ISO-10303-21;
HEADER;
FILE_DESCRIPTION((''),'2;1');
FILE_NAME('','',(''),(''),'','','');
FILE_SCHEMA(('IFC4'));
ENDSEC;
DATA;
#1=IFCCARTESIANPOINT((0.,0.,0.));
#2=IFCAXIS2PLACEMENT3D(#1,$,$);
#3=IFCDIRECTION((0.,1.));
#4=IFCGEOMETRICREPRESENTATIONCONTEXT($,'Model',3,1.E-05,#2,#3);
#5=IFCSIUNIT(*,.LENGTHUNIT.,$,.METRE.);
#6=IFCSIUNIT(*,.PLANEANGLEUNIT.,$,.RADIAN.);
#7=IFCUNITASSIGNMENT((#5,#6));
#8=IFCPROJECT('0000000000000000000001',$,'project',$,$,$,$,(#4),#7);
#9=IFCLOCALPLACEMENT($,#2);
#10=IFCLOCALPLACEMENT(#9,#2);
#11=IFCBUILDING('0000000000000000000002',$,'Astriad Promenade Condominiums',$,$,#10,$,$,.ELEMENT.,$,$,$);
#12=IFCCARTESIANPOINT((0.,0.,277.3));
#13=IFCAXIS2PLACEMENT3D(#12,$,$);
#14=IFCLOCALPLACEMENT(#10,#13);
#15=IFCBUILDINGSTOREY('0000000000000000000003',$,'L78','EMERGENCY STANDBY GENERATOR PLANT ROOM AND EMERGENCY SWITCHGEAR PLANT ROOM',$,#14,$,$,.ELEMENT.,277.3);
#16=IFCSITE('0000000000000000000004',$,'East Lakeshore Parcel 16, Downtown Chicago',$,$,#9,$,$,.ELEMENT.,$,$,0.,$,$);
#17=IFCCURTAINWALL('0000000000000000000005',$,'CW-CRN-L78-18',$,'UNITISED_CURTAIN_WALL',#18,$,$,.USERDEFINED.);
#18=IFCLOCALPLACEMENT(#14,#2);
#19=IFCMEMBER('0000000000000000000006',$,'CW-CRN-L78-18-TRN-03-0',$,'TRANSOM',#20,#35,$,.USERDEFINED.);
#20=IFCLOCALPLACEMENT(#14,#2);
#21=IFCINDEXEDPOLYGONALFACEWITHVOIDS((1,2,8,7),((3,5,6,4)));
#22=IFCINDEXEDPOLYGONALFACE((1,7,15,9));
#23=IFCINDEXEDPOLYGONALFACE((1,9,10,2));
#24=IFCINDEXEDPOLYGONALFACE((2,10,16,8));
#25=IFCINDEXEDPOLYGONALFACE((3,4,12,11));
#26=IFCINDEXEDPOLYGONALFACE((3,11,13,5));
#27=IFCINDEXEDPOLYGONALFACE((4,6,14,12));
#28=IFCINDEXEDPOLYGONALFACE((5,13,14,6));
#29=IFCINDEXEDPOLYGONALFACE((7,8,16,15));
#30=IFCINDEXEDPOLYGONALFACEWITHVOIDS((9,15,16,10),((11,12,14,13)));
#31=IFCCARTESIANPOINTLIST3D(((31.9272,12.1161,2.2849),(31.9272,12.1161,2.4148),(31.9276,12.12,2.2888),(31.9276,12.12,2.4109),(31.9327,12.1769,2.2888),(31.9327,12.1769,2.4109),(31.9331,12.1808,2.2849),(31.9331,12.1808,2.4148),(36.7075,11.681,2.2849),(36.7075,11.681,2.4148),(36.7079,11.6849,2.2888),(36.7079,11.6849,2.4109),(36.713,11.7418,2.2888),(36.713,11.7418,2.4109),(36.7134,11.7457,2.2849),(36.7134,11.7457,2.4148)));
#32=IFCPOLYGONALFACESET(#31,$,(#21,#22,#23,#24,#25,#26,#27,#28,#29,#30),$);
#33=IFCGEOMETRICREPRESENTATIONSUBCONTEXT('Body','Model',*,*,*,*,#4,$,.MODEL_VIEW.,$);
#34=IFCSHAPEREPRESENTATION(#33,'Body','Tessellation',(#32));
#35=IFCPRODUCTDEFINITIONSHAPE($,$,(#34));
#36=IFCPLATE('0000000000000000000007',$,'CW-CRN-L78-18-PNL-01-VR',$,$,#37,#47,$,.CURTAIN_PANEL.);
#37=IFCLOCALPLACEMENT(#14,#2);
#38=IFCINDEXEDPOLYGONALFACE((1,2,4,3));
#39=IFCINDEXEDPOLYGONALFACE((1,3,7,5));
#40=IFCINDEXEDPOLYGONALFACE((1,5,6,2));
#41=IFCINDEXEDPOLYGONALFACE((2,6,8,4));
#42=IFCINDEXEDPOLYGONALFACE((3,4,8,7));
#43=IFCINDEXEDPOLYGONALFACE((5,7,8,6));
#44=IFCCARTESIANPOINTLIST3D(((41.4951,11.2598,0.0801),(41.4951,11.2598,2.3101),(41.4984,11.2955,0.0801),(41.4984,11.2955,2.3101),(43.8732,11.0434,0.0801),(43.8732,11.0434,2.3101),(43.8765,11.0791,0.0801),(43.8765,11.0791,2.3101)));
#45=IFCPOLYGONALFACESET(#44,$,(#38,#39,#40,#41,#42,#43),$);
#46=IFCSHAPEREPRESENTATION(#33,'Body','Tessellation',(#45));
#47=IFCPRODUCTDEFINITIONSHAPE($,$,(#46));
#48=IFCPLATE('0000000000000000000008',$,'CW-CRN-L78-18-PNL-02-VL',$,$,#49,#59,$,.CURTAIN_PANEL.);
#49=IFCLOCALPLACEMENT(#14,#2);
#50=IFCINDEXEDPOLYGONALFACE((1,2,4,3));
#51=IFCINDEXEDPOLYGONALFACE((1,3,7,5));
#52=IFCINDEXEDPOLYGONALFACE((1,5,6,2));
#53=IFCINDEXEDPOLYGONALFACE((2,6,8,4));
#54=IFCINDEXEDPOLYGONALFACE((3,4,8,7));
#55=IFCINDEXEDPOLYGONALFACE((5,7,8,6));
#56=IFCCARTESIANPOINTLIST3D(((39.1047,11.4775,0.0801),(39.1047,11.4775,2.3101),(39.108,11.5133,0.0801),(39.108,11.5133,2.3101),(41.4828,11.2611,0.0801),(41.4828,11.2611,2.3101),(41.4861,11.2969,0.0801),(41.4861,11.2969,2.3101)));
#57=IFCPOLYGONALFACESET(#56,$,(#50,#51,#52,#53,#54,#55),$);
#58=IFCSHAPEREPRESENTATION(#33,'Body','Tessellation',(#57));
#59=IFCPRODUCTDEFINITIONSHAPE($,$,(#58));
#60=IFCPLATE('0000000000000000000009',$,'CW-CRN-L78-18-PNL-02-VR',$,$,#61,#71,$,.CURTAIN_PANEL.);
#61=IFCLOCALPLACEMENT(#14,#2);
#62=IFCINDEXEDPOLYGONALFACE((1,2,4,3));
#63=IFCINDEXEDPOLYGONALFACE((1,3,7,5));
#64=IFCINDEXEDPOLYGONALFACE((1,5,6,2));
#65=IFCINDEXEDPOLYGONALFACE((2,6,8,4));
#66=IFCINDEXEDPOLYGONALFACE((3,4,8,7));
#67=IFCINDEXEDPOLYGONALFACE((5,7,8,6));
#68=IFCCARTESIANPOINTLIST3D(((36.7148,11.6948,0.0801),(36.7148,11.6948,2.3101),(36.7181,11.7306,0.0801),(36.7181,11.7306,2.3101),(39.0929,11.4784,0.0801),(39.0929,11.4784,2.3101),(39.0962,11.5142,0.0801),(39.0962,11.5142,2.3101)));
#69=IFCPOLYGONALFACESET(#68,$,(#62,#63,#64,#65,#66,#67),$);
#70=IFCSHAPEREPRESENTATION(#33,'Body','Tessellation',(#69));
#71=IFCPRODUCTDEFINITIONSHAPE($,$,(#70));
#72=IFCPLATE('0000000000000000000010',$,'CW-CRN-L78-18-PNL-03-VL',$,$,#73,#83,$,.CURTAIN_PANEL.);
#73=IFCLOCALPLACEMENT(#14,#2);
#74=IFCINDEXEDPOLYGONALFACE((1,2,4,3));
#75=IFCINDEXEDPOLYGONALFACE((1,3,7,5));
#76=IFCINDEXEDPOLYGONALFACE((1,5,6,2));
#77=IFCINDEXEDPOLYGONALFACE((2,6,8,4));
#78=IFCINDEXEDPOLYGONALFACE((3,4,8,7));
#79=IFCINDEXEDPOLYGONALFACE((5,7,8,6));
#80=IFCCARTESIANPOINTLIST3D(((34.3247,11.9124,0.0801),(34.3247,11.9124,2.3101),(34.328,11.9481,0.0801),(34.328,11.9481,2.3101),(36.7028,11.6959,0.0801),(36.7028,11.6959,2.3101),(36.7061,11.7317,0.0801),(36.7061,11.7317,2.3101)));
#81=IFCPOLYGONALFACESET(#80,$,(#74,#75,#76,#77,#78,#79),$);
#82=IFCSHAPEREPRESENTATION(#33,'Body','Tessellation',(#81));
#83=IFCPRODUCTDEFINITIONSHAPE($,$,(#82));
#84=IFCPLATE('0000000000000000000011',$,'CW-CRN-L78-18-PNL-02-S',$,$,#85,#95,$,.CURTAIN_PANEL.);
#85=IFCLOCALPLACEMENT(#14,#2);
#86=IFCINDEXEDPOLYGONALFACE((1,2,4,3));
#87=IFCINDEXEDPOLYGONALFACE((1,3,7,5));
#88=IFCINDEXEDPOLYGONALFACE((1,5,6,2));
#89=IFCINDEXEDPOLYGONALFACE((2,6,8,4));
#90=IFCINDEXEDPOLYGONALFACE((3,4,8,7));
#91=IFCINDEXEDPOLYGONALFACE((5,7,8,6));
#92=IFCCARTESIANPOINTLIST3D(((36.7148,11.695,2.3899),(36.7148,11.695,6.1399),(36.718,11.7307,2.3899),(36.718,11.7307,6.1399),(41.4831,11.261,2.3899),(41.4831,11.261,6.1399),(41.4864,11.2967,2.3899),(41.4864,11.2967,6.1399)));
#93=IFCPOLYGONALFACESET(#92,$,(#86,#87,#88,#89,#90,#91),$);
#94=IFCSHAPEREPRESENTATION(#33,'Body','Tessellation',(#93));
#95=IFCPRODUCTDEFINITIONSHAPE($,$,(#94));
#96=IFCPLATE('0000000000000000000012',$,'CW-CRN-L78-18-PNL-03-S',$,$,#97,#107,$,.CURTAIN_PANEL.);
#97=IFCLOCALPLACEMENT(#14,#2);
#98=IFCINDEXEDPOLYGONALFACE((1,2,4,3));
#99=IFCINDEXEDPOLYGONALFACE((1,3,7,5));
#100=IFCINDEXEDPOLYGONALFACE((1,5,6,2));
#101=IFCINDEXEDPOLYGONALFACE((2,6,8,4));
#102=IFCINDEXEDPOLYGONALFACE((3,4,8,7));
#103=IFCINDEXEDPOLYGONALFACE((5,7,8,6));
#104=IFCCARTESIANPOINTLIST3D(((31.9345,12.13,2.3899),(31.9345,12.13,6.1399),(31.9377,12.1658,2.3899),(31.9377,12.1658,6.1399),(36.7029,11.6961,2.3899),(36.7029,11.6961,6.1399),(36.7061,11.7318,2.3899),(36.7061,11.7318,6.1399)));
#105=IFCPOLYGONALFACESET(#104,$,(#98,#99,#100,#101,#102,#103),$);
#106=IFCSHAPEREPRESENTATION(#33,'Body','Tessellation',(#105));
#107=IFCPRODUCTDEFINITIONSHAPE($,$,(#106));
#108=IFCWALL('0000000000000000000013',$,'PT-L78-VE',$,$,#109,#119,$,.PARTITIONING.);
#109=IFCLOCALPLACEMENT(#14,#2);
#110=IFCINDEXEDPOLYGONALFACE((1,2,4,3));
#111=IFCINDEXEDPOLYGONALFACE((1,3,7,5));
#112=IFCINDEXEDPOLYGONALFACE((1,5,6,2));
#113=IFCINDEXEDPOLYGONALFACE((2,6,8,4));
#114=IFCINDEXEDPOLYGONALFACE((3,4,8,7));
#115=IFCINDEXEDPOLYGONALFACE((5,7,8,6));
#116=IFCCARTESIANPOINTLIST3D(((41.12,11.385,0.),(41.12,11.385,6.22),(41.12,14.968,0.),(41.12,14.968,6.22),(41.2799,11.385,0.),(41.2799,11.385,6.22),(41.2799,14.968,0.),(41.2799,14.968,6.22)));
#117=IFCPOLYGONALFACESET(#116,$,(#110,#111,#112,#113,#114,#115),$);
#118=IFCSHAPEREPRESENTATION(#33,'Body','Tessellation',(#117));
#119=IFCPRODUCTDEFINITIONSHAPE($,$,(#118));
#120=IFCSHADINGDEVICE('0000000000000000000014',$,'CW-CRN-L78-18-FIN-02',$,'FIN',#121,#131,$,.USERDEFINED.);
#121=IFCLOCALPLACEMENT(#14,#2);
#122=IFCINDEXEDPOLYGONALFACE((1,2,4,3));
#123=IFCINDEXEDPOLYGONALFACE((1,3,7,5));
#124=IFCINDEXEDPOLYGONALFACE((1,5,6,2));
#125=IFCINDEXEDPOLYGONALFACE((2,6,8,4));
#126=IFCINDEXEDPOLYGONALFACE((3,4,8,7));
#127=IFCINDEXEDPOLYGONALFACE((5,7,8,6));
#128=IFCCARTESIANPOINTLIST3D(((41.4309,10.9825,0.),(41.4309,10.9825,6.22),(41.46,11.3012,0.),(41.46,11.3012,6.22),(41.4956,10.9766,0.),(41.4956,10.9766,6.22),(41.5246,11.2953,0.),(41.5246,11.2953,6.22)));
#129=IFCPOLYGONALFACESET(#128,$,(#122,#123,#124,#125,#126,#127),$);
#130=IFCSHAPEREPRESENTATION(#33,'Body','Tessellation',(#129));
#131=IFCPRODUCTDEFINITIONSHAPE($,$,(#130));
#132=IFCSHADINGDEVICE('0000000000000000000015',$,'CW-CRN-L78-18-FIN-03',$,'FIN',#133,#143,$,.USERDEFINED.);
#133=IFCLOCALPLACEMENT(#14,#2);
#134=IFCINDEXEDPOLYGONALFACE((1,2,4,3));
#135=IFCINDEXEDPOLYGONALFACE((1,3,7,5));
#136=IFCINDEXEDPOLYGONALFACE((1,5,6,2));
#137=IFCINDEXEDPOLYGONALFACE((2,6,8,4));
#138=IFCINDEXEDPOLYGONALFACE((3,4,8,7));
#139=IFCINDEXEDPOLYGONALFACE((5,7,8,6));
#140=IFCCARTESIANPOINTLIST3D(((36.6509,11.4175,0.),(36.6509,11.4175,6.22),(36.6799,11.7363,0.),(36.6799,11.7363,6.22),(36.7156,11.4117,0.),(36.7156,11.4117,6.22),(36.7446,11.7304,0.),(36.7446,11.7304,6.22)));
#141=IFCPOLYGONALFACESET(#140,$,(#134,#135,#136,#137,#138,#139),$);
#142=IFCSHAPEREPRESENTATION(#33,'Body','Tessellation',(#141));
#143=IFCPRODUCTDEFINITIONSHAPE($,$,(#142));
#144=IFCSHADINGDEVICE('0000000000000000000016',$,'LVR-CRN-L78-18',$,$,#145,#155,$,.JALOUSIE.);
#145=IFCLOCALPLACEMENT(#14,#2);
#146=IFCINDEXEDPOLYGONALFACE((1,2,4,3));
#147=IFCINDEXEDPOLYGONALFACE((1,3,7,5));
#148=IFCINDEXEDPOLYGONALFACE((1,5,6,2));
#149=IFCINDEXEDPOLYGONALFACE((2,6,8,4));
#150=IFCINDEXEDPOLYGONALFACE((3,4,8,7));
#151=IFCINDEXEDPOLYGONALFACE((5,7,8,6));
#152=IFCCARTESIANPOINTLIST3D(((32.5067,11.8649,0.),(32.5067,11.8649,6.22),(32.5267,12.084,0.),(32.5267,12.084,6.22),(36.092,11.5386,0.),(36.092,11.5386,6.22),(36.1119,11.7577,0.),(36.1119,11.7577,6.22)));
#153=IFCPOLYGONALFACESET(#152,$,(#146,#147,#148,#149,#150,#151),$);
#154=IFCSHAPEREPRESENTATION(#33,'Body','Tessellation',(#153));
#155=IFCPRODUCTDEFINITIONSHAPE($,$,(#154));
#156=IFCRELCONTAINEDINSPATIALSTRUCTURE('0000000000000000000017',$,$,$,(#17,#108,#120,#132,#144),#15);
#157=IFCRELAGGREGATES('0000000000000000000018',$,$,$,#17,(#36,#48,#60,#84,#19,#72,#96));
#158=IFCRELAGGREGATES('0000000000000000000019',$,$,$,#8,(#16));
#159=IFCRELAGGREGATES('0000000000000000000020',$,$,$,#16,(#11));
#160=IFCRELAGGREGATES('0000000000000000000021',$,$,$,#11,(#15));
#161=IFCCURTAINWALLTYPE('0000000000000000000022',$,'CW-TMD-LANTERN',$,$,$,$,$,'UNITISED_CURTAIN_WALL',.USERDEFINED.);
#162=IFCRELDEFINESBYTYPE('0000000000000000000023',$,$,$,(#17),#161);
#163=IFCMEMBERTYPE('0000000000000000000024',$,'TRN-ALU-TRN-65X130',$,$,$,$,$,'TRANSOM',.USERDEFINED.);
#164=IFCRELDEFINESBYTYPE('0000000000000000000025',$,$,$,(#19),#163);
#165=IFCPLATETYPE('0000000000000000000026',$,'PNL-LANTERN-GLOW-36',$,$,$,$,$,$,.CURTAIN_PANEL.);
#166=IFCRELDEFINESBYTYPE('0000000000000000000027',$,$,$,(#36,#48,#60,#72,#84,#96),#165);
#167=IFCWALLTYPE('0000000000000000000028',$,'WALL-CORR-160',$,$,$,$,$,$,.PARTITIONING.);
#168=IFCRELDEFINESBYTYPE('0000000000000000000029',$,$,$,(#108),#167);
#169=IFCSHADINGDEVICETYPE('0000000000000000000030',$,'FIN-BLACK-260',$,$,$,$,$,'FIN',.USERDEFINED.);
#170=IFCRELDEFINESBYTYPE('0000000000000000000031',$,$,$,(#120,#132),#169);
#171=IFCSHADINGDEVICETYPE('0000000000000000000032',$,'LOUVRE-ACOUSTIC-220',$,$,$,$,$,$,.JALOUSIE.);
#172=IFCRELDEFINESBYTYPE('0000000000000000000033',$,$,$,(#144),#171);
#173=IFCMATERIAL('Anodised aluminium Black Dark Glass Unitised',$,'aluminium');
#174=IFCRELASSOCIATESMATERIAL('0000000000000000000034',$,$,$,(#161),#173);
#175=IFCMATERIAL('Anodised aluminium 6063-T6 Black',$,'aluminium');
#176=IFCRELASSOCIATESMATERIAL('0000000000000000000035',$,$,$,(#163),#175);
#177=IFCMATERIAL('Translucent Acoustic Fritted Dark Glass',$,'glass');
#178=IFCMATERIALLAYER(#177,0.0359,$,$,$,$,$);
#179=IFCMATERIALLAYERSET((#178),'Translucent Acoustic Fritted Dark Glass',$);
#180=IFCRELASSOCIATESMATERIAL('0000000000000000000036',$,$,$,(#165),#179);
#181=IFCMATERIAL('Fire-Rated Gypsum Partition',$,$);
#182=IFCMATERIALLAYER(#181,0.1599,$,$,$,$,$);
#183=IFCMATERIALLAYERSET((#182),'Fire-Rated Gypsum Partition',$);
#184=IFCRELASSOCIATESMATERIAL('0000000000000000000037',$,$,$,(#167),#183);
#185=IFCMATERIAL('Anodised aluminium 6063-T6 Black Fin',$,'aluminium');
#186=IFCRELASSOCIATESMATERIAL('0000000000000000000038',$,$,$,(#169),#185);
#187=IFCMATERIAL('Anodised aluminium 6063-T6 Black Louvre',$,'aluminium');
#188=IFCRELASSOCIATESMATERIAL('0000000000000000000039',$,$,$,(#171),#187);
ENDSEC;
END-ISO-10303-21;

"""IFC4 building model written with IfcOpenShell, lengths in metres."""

from ifc_helpers import new_model, si_unit, direction, frame, frame_2d, origin, origin_2d, place, context, subcontext, project, spatial, rectangle, hollow_rectangle, extrude, source, transform, mapped, material, layer, layer_set, material_profile, profile_set, type_object, type_shapes, element, aggregate, save


model = new_model("IFC4")

# Units and contexts
model_context = context("Model", 3, precision=1e-05, world=origin(), true_north=direction((0.0, 1.0)))
body_context = subcontext(model_context, "Body", "Model", "MODEL_VIEW")
ifc_project = project(units=[si_unit("LENGTHUNIT", "METRE"), si_unit("PLANEANGLEUNIT", "RADIAN")], contexts=[model_context])

# Site, building, storey
site_placement = place(None, origin())
site = spatial("IfcSite", under=ifc_project, at=site_placement, Name="East Lakeshore Parcel 16, Downtown Chicago", CompositionType="ELEMENT", RefElevation=0.0)
building_placement = place(site_placement, origin())
building = spatial("IfcBuilding", under=site, at=building_placement, Name="Astriad Promenade Condominiums", CompositionType="ELEMENT")
storey_placement = place(building_placement, frame((0.0, 0.0, 277.3)))
storey = spatial("IfcBuildingStorey", under=building, at=storey_placement, Name="L78", Description="EMERGENCY STANDBY GENERATOR PLANT ROOM AND EMERGENCY SWITCHGEAR PLANT ROOM", CompositionType="ELEMENT", Elevation=277.3)

# Curtain wall, member, plates
ifc_material_1 = material(Name="Anodised aluminium Black Dark Glass Unitised", Category="aluminium")
curtain_wall_type = type_object("IfcCurtainWallType", Name="CW-TMD-LANTERN", ElementType="UNITISED_CURTAIN_WALL", PredefinedType="USERDEFINED", material=ifc_material_1)
curtain_wall_placement = place(storey_placement, origin())
curtain_wall = element("IfcCurtainWall", 1, at=curtain_wall_placement, inside=storey, type_object=curtain_wall_type, Name="CW-CRN-L78-18", ObjectType="UNITISED_CURTAIN_WALL", PredefinedType="USERDEFINED")
ifc_material_2 = material(Name="Anodised aluminium 6063-T6 Black", Category="aluminium")
ifc_material_profile_1 = material_profile(ifc_material_2, hollow_rectangle(XDim=0.0649, YDim=0.1299, WallThickness=0.0039, at=origin_2d()), Name="ALU-TRN-65X130")
ifc_profile_set_1 = profile_set([ifc_material_profile_1], Name="Anodised aluminium 6063-T6 Black")
member_type_1 = type_object("IfcMemberType", Name="TRN-ALU-TRN-65X130", ElementType="TRANSOM", PredefinedType="USERDEFINED", material=ifc_profile_set_1)
shared_shape_1 = source(origin(), body_context, "Body", "SweptSolid", [
    extrude(hollow_rectangle(XDim=0.0649, YDim=0.1299, WallThickness=0.0039, at=origin_2d()), origin(), (0.0, 0.0, 1.0), 4.8),
])
member_1_placement = place(storey_placement, frame((36.7104, 11.7134, 2.3499), z_axis=(-0.995884, 0.090637, 0.0), x_axis=(-0.090637, -0.995884, 0.0)))
member_1 = element("IfcMember", 2, at=member_1_placement, type_object=member_type_1, Name="CW-CRN-L78-18-TRN-03-0", ObjectType="TRANSOM", PredefinedType="USERDEFINED", context=body_context, shape_type="MappedRepresentation", body=[
    mapped(shared_shape_1, transform((0.0, 0.0, 0.0), scale=1.0)),
])
ifc_material_3 = material(Name="Translucent Acoustic Fritted Dark Glass", Category="glass")
ifc_layer_1 = layer(ifc_material_3, 0.0359)
ifc_layer_set_1 = layer_set([ifc_layer_1], Name="Translucent Acoustic Fritted Dark Glass")
plate_type = type_object("IfcPlateType", Name="PNL-LANTERN-GLOW-36", PredefinedType="CURTAIN_PANEL", material=ifc_layer_set_1)
shared_shape_2 = source(origin(), body_context, "Body", "SweptSolid", [
    extrude(rectangle(XDim=2.3879, YDim=0.0359, at=origin_2d()), origin(), (0.0, 0.0, 1.0), 2.23),
])
plate_1_placement = place(storey_placement, frame((42.6858, 11.1694, 0.0801), z_axis=(0.0, 0.0, 1.0), x_axis=(-0.995884, 0.090633, 0.0)))
plate_1 = element("IfcPlate", 3, at=plate_1_placement, type_object=plate_type, Name="CW-CRN-L78-18-PNL-01-VR", PredefinedType="CURTAIN_PANEL", context=body_context, shape_type="MappedRepresentation", body=[
    mapped(shared_shape_2, transform((0.0, 0.0, 0.0), scale=1.0)),
])
plate_2_placement = place(storey_placement, frame((40.2954, 11.3872, 0.0801), z_axis=(0.0, 0.0, 1.0), x_axis=(-0.995884, 0.090633, 0.0)))
plate_2 = element("IfcPlate", 4, at=plate_2_placement, type_object=plate_type, Name="CW-CRN-L78-18-PNL-02-VL", PredefinedType="CURTAIN_PANEL", context=body_context, shape_type="MappedRepresentation", body=[
    mapped(shared_shape_2, transform((0.0, 0.0, 0.0), scale=1.0)),
])
plate_3_placement = place(storey_placement, frame((37.9055, 11.6045, 0.0801), z_axis=(0.0, 0.0, 1.0), x_axis=(-0.995884, 0.090633, 0.0)))
plate_3 = element("IfcPlate", 5, at=plate_3_placement, type_object=plate_type, Name="CW-CRN-L78-18-PNL-02-VR", PredefinedType="CURTAIN_PANEL", context=body_context, shape_type="MappedRepresentation", body=[
    mapped(shared_shape_2, transform((0.0, 0.0, 0.0), scale=1.0)),
])
plate_4_placement = place(storey_placement, frame((35.5154, 11.822, 0.0801), z_axis=(0.0, 0.0, 1.0), x_axis=(-0.995884, 0.090633, 0.0)))
plate_4 = element("IfcPlate", 6, at=plate_4_placement, type_object=plate_type, Name="CW-CRN-L78-18-PNL-03-VL", PredefinedType="CURTAIN_PANEL", context=body_context, shape_type="MappedRepresentation", body=[
    mapped(shared_shape_2, transform((0.0, 0.0, 0.0), scale=1.0)),
])
shared_shape_3 = source(origin(), body_context, "Body", "SweptSolid", [
    extrude(rectangle(XDim=4.7881, YDim=0.0359, at=origin_2d()), origin(), (0.0, 0.0, 1.0), 3.75),
])
type_shapes(plate_type, [shared_shape_2, shared_shape_3])
plate_5_placement = place(storey_placement, frame((39.1006, 11.4958, 2.3899), z_axis=(0.0, 0.0, 1.0), x_axis=(-0.995884, 0.090633, 0.0)))
plate_5 = element("IfcPlate", 7, at=plate_5_placement, type_object=plate_type, Name="CW-CRN-L78-18-PNL-02-S", PredefinedType="CURTAIN_PANEL", context=body_context, shape_type="MappedRepresentation", body=[
    mapped(shared_shape_3, transform((0.0, 0.0, 0.0), scale=1.0)),
])
plate_6_placement = place(storey_placement, frame((34.3203, 11.9309, 2.3899), z_axis=(0.0, 0.0, 1.0), x_axis=(-0.995884, 0.090633, 0.0)))
plate_6 = element("IfcPlate", 8, at=plate_6_placement, type_object=plate_type, Name="CW-CRN-L78-18-PNL-03-S", PredefinedType="CURTAIN_PANEL", context=body_context, shape_type="MappedRepresentation", body=[
    mapped(shared_shape_3, transform((0.0, 0.0, 0.0), scale=1.0)),
])
aggregate(curtain_wall, [plate_1, plate_2, plate_3, plate_5, member_1, plate_4, plate_6])

# Wall
ifc_material_4 = material(Name="Fire-Rated Gypsum Partition")
ifc_layer_2 = layer(ifc_material_4, 0.1599)
ifc_layer_set_2 = layer_set([ifc_layer_2], Name="Fire-Rated Gypsum Partition")
wall_type = type_object("IfcWallType", Name="WALL-CORR-160", PredefinedType="PARTITIONING", material=ifc_layer_set_2)
wall_placement = place(storey_placement, frame((41.2, 11.385, 0.0), z_axis=(0.0, 0.0, 1.0), x_axis=(0.0, 1.0, 0.0)))
element("IfcWall", 9, at=wall_placement, inside=storey, type_object=wall_type, Name="PT-L78-VE", PredefinedType="PARTITIONING", context=body_context, shape_type="SweptSolid", body=[
    extrude(rectangle(XDim=3.583, YDim=0.1599, at=frame_2d((1.7915, 0.0))), origin(), (0.0, 0.0, 1.0), 6.22),
])

# Shading devices
ifc_material_5 = material(Name="Anodised aluminium 6063-T6 Black Fin", Category="aluminium")
shading_device_type_1 = type_object("IfcShadingDeviceType", Name="FIN-BLACK-260", ElementType="FIN", PredefinedType="USERDEFINED", material=ifc_material_5)
shared_shape_4 = source(origin(), body_context, "Body", "SweptSolid", [
    extrude(rectangle(XDim=0.0649, YDim=0.3201, at=origin_2d()), origin(), (0.0, 0.0, 1.0), 6.22),
])
type_shapes(shading_device_type_1, [shared_shape_4])
for number, where, z_axis, x_axis, name in (
    (10, (41.4778, 11.1389, 0.0), (0.0, 0.0, 1.0), (-0.995884, 0.090633, 0.0), "CW-CRN-L78-18-FIN-02"),
    (11, (36.6978, 11.574, 0.0), (0.0, 0.0, 1.0), (-0.995884, 0.090633, 0.0), "CW-CRN-L78-18-FIN-03"),
):
    element("IfcShadingDevice", number, at=place(storey_placement, frame(where, z_axis=z_axis, x_axis=x_axis)), inside=storey, type_object=shading_device_type_1, Name=name, ObjectType="FIN", PredefinedType="USERDEFINED", context=body_context, shape_type="MappedRepresentation", body=[
        mapped(shared_shape_4, transform((0.0, 0.0, 0.0), scale=1.0)),
    ])
ifc_material_6 = material(Name="Anodised aluminium 6063-T6 Black Louvre", Category="aluminium")
shading_device_type_2 = type_object("IfcShadingDeviceType", Name="LOUVRE-ACOUSTIC-220", PredefinedType="JALOUSIE", material=ifc_material_6)
shared_shape_5 = source(origin(), body_context, "Body", "SweptSolid", [
    extrude(rectangle(XDim=3.6001, YDim=0.22, at=origin_2d()), origin(), (0.0, 0.0, 1.0), 6.22),
])
type_shapes(shading_device_type_2, [shared_shape_5])
shading_device_placement = place(storey_placement, frame((34.3093, 11.8113, 0.0), z_axis=(0.0, 0.0, 1.0), x_axis=(-0.995884, 0.090633, 0.0)))
element("IfcShadingDevice", 12, at=shading_device_placement, inside=storey, type_object=shading_device_type_2, Name="LVR-CRN-L78-18", PredefinedType="JALOUSIE", context=body_context, shape_type="MappedRepresentation", body=[
    mapped(shared_shape_5, transform((0.0, 0.0, 0.0), scale=1.0)),
])

save(model, "model.ifc")
